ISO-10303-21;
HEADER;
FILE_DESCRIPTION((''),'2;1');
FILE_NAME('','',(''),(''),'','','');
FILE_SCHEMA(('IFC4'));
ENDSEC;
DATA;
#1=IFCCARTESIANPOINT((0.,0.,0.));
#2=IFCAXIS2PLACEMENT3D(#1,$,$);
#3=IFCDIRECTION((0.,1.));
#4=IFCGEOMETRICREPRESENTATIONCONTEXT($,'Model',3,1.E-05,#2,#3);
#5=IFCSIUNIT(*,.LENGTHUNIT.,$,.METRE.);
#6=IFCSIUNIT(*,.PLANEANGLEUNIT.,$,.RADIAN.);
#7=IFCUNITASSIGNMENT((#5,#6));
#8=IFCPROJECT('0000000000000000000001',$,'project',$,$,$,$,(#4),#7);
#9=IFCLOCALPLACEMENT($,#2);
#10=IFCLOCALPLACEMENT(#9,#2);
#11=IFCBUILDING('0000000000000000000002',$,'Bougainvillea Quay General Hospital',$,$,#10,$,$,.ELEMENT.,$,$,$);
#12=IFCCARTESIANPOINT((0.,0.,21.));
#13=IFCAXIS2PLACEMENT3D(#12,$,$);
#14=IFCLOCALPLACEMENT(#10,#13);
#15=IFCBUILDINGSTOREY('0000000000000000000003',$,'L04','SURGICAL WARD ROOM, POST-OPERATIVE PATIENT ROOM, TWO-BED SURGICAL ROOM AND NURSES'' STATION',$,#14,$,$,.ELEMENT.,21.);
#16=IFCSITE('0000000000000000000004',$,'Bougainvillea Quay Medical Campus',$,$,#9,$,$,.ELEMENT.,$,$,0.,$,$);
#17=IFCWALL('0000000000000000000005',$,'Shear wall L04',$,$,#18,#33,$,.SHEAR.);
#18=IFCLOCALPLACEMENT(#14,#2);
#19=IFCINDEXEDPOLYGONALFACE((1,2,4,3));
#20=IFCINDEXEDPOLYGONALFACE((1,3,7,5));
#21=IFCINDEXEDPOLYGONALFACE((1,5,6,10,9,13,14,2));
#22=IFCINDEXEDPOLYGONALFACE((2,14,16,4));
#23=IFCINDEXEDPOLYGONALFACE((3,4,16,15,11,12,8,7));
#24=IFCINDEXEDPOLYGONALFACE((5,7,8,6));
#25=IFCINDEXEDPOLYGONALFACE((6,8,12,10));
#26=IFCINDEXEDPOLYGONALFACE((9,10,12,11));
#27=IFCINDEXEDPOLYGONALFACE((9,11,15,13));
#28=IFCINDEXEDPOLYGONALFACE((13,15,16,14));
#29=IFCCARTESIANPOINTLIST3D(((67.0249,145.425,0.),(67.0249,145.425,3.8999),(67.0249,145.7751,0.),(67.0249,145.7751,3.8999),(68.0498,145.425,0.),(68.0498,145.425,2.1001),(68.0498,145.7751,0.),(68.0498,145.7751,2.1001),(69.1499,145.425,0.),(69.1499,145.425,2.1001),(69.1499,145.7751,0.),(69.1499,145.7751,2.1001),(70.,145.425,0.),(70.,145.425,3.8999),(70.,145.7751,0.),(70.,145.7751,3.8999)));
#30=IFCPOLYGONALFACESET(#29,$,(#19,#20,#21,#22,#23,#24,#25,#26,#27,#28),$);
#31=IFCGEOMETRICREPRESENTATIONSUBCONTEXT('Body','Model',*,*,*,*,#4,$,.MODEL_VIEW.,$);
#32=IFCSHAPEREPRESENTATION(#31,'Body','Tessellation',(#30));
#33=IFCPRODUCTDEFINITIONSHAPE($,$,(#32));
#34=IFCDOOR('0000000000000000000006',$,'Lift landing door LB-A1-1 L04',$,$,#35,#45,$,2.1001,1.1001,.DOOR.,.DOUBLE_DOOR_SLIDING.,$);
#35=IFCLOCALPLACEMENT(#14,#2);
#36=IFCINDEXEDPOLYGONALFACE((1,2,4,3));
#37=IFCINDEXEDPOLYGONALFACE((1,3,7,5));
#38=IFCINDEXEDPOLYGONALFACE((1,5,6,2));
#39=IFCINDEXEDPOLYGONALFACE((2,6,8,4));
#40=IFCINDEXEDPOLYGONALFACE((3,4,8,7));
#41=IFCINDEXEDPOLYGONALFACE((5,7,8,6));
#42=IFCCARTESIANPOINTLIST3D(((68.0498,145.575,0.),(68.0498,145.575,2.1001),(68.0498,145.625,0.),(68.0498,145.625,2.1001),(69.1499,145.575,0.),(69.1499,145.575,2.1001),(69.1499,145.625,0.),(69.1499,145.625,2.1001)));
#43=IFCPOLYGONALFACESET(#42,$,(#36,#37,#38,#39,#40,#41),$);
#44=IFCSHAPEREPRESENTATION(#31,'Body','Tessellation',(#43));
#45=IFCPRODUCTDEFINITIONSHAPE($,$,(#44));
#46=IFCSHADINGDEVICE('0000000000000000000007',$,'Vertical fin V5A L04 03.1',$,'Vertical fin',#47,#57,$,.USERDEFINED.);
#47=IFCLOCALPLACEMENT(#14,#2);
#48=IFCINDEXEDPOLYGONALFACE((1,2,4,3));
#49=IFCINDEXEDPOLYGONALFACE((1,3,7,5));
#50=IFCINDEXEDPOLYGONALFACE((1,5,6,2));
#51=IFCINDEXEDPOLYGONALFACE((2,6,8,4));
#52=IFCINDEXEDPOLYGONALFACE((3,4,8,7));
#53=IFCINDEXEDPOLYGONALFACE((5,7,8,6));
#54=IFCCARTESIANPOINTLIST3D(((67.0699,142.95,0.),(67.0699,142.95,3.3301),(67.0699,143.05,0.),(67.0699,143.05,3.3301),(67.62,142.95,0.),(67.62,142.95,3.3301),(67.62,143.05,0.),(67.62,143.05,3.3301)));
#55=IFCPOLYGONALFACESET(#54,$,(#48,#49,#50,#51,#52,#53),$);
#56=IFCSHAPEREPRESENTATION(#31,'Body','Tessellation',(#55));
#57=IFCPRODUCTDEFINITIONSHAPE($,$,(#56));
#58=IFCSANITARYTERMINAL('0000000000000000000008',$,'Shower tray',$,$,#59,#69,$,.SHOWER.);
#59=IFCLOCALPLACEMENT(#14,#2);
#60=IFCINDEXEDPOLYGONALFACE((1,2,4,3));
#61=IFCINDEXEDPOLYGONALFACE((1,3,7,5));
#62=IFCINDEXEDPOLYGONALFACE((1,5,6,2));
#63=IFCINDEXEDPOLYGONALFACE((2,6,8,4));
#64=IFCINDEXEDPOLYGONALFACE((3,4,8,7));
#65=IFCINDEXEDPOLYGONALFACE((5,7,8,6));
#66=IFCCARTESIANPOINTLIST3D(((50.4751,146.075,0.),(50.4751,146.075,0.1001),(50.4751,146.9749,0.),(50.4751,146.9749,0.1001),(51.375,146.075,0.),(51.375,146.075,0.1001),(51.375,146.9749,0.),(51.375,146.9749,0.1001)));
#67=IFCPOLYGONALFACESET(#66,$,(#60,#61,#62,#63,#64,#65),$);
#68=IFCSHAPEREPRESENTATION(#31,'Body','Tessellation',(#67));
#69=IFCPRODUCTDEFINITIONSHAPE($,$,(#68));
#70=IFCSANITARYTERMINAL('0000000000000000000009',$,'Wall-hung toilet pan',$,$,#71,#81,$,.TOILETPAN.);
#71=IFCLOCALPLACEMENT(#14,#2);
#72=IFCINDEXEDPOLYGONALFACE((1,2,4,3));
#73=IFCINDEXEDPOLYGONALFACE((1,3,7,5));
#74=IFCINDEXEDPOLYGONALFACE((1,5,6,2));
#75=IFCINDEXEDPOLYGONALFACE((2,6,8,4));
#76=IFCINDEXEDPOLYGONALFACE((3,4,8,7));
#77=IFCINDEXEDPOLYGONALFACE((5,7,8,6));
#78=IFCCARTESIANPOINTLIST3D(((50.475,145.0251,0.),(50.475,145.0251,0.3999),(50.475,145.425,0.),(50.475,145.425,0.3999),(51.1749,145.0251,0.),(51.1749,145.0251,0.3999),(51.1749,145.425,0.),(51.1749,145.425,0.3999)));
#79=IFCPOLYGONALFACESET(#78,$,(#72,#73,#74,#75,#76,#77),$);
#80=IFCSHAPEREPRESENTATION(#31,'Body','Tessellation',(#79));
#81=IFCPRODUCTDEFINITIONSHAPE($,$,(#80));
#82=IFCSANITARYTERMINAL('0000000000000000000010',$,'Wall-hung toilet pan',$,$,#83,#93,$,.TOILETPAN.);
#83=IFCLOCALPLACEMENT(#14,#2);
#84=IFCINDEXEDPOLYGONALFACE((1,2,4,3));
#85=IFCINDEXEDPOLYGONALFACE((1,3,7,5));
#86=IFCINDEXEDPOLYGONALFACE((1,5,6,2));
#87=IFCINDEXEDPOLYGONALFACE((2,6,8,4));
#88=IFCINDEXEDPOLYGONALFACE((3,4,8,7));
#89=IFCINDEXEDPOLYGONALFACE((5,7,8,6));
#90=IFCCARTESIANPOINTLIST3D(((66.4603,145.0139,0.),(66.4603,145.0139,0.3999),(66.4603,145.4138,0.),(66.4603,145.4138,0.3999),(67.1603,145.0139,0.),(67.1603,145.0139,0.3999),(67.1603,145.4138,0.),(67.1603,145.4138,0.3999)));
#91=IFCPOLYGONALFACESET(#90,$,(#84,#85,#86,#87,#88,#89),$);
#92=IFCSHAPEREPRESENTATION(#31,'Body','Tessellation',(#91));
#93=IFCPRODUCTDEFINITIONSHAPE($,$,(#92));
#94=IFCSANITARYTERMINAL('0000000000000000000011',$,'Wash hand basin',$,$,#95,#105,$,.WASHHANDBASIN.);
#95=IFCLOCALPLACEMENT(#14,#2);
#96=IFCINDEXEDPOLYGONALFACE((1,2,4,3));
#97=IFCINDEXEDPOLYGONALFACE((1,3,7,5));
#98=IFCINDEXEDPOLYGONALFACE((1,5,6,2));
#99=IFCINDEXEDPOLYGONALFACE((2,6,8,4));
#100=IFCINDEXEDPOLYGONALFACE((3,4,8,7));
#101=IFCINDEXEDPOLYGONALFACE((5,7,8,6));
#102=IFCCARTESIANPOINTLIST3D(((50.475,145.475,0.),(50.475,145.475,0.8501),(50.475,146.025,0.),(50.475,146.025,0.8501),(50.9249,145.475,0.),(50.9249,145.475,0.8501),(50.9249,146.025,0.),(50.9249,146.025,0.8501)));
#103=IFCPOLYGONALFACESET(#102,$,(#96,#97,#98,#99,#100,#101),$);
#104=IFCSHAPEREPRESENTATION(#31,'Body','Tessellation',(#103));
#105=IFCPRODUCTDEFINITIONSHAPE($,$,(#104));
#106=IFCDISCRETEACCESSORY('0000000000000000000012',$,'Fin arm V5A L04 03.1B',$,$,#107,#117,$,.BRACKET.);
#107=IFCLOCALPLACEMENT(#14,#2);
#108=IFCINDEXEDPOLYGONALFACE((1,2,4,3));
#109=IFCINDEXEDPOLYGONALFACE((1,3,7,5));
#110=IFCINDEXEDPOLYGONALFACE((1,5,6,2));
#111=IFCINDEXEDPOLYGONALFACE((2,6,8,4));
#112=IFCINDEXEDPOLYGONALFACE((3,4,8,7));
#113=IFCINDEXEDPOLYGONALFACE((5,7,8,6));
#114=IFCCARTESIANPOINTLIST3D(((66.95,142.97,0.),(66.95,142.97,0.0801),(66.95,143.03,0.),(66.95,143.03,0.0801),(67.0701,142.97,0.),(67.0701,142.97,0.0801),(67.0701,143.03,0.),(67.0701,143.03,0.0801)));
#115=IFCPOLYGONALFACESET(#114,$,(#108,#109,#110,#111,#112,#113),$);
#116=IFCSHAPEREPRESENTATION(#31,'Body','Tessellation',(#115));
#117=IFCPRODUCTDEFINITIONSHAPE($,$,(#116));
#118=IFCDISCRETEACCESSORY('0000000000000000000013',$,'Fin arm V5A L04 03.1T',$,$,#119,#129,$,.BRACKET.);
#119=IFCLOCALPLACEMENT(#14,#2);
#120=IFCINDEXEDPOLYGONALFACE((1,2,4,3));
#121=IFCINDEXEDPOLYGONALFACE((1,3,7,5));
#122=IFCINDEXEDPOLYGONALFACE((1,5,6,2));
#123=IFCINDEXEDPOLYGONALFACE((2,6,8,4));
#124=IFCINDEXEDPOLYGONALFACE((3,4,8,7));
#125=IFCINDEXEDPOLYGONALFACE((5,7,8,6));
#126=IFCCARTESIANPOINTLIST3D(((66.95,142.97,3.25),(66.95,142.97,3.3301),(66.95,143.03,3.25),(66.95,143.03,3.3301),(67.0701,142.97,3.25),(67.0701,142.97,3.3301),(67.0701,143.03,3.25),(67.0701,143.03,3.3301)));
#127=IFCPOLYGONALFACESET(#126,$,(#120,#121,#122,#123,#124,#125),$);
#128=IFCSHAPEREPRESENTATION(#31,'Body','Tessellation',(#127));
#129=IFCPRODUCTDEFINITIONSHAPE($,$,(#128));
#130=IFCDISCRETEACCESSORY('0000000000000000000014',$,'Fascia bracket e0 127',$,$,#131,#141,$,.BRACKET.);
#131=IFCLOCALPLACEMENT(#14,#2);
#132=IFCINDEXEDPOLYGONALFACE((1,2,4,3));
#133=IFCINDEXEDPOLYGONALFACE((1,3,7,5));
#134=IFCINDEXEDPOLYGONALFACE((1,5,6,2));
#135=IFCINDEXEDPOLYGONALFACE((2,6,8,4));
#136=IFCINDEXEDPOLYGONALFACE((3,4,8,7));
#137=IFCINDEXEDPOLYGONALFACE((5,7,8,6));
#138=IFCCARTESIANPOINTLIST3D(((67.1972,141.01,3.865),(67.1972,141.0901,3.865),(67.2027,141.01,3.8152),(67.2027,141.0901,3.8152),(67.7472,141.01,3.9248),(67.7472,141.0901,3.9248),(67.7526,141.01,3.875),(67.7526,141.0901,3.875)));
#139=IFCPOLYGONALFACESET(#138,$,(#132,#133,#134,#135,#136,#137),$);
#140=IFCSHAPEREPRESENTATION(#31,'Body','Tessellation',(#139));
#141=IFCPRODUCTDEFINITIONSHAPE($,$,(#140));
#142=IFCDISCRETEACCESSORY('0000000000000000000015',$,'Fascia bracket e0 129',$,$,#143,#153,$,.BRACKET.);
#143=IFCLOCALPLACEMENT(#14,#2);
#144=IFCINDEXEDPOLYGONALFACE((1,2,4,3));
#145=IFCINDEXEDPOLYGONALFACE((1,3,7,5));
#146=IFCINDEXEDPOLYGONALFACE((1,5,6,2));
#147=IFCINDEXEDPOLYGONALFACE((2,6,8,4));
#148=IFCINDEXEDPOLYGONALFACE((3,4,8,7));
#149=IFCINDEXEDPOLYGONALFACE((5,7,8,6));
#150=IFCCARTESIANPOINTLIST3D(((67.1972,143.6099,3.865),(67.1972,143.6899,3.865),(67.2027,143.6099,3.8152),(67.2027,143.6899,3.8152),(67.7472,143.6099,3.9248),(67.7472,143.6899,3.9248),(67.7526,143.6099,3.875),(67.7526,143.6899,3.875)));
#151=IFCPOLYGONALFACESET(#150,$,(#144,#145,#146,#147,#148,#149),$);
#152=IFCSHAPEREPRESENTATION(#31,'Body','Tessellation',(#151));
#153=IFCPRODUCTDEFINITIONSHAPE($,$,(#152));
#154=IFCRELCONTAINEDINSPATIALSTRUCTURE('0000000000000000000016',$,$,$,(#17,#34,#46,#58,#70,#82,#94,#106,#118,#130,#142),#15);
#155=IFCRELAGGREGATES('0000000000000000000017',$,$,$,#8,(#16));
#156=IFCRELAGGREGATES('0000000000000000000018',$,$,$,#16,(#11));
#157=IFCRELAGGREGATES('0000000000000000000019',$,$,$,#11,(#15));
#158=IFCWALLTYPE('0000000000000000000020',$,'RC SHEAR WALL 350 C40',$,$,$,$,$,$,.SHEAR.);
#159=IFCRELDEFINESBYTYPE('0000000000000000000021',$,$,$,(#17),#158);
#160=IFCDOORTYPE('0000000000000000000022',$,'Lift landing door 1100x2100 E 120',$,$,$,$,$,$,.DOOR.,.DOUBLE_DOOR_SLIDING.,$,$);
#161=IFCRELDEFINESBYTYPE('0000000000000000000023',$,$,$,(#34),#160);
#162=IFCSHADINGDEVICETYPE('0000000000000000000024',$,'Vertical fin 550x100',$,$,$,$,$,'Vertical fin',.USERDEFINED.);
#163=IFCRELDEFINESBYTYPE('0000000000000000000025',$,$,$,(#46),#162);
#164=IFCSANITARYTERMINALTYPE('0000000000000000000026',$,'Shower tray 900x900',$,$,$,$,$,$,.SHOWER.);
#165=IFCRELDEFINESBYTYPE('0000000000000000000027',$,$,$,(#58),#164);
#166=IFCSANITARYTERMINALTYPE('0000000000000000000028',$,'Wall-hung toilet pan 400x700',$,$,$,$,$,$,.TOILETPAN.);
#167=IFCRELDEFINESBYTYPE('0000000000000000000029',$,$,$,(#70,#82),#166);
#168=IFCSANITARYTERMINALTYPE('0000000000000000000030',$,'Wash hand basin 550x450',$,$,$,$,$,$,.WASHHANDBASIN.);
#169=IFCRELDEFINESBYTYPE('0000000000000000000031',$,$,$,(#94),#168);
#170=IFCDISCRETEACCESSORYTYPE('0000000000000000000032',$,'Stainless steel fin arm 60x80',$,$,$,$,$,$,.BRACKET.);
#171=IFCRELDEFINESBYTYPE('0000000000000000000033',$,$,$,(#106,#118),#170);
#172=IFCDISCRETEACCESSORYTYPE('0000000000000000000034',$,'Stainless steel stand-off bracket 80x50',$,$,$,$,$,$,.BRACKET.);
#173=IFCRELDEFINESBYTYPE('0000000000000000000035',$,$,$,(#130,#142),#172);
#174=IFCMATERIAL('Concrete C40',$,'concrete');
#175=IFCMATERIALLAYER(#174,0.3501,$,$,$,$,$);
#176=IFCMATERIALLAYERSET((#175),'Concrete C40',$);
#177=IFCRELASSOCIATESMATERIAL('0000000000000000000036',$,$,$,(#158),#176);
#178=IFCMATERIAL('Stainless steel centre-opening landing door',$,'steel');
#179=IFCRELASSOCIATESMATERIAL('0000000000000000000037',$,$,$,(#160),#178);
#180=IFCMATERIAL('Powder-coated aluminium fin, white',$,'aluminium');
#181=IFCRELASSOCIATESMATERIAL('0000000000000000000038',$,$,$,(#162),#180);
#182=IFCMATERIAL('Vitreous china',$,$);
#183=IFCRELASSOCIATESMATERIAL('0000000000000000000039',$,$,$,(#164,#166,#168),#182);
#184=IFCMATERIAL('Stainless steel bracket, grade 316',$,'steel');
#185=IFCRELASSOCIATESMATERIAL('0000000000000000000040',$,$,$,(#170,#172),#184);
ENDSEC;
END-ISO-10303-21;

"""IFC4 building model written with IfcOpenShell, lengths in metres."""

from ifc_helpers import new_model, si_unit, direction, frame, frame_2d, origin, origin_2d, place, context, subcontext, project, spatial, rectangle, extrude, material, layer, layer_set, material_profile, profile_set, type_object, element, fill, save


model = new_model("IFC4")

# Units and contexts
model_context = context("Model", 3, precision=1e-05, world=origin(), true_north=direction((0.0, 1.0)))
body_context = subcontext(model_context, "Body", "Model", "MODEL_VIEW")
ifc_project = project(units=[si_unit("LENGTHUNIT", "METRE"), si_unit("PLANEANGLEUNIT", "RADIAN")], contexts=[model_context])

# Site, building, storey
site_placement = place(None, origin())
site = spatial("IfcSite", under=ifc_project, at=site_placement, Name="Bougainvillea Quay Medical Campus", CompositionType="ELEMENT", RefElevation=0.0)
building_placement = place(site_placement, origin())
building = spatial("IfcBuilding", under=site, at=building_placement, Name="Bougainvillea Quay General Hospital", CompositionType="ELEMENT")
storey_placement = place(building_placement, frame((0.0, 0.0, 21.0)))
storey = spatial("IfcBuildingStorey", under=building, at=storey_placement, Name="L04", Description="SURGICAL WARD ROOM, POST-OPERATIVE PATIENT ROOM, TWO-BED SURGICAL ROOM AND NURSES' STATION", CompositionType="ELEMENT", Elevation=21.0)

# Shared definitions
ifc_material_1 = material(Name="Concrete C40", Category="concrete")

# Wall, opening, door
ifc_layer_1 = layer(ifc_material_1, 0.3501)
ifc_layer_set_1 = layer_set([ifc_layer_1], Name="Concrete C40")
wall_type_1 = type_object("IfcWallType", Name="RC SHEAR WALL 350 C40", PredefinedType="SHEAR", material=ifc_layer_set_1)
wall_1_placement = place(storey_placement, frame((67.0249, 145.6001, 0.0), z_axis=(0.0, 0.0, 1.0), x_axis=(1.0, 0.0, 0.0)))
wall_1 = element("IfcWall", 1, at=wall_1_placement, inside=storey, type_object=wall_type_1, Name="Shear wall L04", PredefinedType="SHEAR", context=body_context, shape_type="SweptSolid", body=[
    extrude(rectangle(XDim=2.9751, YDim=0.3501, at=frame_2d((1.4875, 0.0))), origin(), (0.0, 0.0, 1.0), 3.8999),
])
opening_1_placement = place(wall_1_placement, frame((1.0249, 0.0, 0.0)))
opening_1 = element("IfcOpeningElement", 2, at=opening_1_placement, cuts=wall_1, PredefinedType="OPENING", context=body_context, shape_type="SweptSolid", body=[
    extrude(rectangle(XDim=1.1001, YDim=2.1001, at=frame_2d((0.55, 1.05))), frame((0.0, 0.1851, 0.0), z_axis=(0.0, -1.0, 0.0), x_axis=(1.0, 0.0, 0.0)), (0.0, 0.0, 1.0), 0.3701),
])
ifc_material_2 = material(Name="Stainless steel centre-opening landing door", Category="steel")
door_type_1 = type_object("IfcDoorType", Name="Lift landing door 1100x2100 E 120", OperationType="DOUBLE_DOOR_SLIDING", PredefinedType="DOOR", material=ifc_material_2)
door_1_placement = place(opening_1_placement, origin())
door_1 = element("IfcDoor", 3, at=door_1_placement, inside=storey, type_object=door_type_1, Name="Lift landing door LB-A1-1 L04", OperationType="DOUBLE_DOOR_SLIDING", OverallHeight=2.1001, OverallWidth=1.1001, PredefinedType="DOOR", context=body_context, shape_type="SweptSolid", body=[
    extrude(rectangle(XDim=1.1001, YDim=2.1001, at=frame_2d((0.55, 1.05))), frame((0.0, 0.0249, 0.0), z_axis=(0.0, -1.0, 0.0), x_axis=(1.0, 0.0, 0.0)), (0.0, 0.0, 1.0), 0.05),
])
fill(opening_1, door_1)

# Shading device
ifc_material_3 = material(Name="Powder-coated aluminium fin, white", Category="aluminium")
ifc_material_profile_1 = material_profile(ifc_material_3, rectangle(XDim=0.55, YDim=0.1001, at=origin_2d()))
ifc_profile_set_1 = profile_set([ifc_material_profile_1], Name="Powder-coated aluminium fin, white")
shading_device_type = type_object("IfcShadingDeviceType", Name="Vertical fin 550x100", ElementType="Vertical fin", PredefinedType="USERDEFINED", material=ifc_profile_set_1)
shading_device_placement = place(storey_placement, frame((67.345, 143.0, 0.0), z_axis=(0.0, 0.0, 1.0), x_axis=(1.0, 0.0, 0.0)))
element("IfcShadingDevice", 4, at=shading_device_placement, inside=storey, type_object=shading_device_type, Name="Vertical fin V5A L04 03.1", ObjectType="Vertical fin", PredefinedType="USERDEFINED", context=body_context, shape_type="SweptSolid", body=[
    extrude(rectangle(XDim=0.55, YDim=0.1001, at=origin_2d()), origin(), (0.0, 0.0, 1.0), 3.3301),
])

# Sanitary terminals
ifc_material_4 = material(Name="Vitreous china")
sanitary_terminal_type_1 = type_object("IfcSanitaryTerminalType", Name="Shower tray 900x900", PredefinedType="SHOWER", material=ifc_material_4)
sanitary_terminal_1_placement = place(storey_placement, frame((50.925, 146.5249, 0.0), z_axis=(0.0, 0.0, 1.0), x_axis=(0.0, 1.0, 0.0)))
element("IfcSanitaryTerminal", 5, at=sanitary_terminal_1_placement, inside=storey, type_object=sanitary_terminal_type_1, Name="Shower tray", PredefinedType="SHOWER", context=body_context, shape_type="SweptSolid", body=[
    extrude(rectangle(XDim=0.8999, YDim=0.8999, at=origin_2d()), origin(), (0.0, 0.0, 1.0), 0.1001),
])
sanitary_terminal_type_2 = type_object("IfcSanitaryTerminalType", Name="Wall-hung toilet pan 400x700", PredefinedType="TOILETPAN", material=ifc_material_4)
for number, where, z_axis, x_axis, name in (
    (6, (50.825, 145.2251, 0.0), (0.0, 0.0, 1.0), (0.0, 1.0, 0.0), "Wall-hung toilet pan"),
    (7, (66.8103, 145.2139, 0.0), (0.0, 0.0, 1.0), (0.0, -1.0, 0.0), "Wall-hung toilet pan"),
):
    element("IfcSanitaryTerminal", number, at=place(storey_placement, frame(where, z_axis=z_axis, x_axis=x_axis)), inside=storey, type_object=sanitary_terminal_type_2, Name=name, PredefinedType="TOILETPAN", context=body_context, shape_type="SweptSolid", body=[
        extrude(rectangle(XDim=0.3999, YDim=0.7, at=origin_2d()), origin(), (0.0, 0.0, 1.0), 0.3999),
    ])
sanitary_terminal_type_3 = type_object("IfcSanitaryTerminalType", Name="Wash hand basin 550x450", PredefinedType="WASHHANDBASIN", material=ifc_material_4)
sanitary_terminal_2_placement = place(storey_placement, frame((50.7, 145.75, 0.0), z_axis=(0.0, 0.0, 1.0), x_axis=(0.0, 1.0, 0.0)))
element("IfcSanitaryTerminal", 8, at=sanitary_terminal_2_placement, inside=storey, type_object=sanitary_terminal_type_3, Name="Wash hand basin", PredefinedType="WASHHANDBASIN", context=body_context, shape_type="SweptSolid", body=[
    extrude(rectangle(XDim=0.55, YDim=0.45, at=origin_2d()), origin(), (0.0, 0.0, 1.0), 0.8501),
])

# Discrete accessories
ifc_material_5 = material(Name="Stainless steel bracket, grade 316", Category="steel")
discrete_accessory_type_1 = type_object("IfcDiscreteAccessoryType", Name="Stainless steel fin arm 60x80", PredefinedType="BRACKET", material=ifc_material_5)
for number, where, z_axis, x_axis, name in (
    (9, (67.01, 143.0, 0.0), (0.0, 0.0, 1.0), (1.0, 0.0, 0.0), "Fin arm V5A L04 03.1B"),
    (10, (67.01, 143.0, 3.25), (0.0, 0.0, 1.0), (1.0, 0.0, 0.0), "Fin arm V5A L04 03.1T"),
):
    element("IfcDiscreteAccessory", number, at=place(storey_placement, frame(where, z_axis=z_axis, x_axis=x_axis)), inside=storey, type_object=discrete_accessory_type_1, Name=name, PredefinedType="BRACKET", context=body_context, shape_type="SweptSolid", body=[
        extrude(rectangle(XDim=0.1201, YDim=0.0601, at=origin_2d()), origin(), (0.0, 0.0, 1.0), 0.0801),
    ])
ifc_material_profile_2 = material_profile(ifc_material_5, rectangle(XDim=0.0801, YDim=0.05, at=origin_2d()))
ifc_profile_set_2 = profile_set([ifc_material_profile_2], Name="Stainless steel bracket, grade 316")
discrete_accessory_type_2 = type_object("IfcDiscreteAccessoryType", Name="Stainless steel stand-off bracket 80x50", PredefinedType="BRACKET", material=ifc_profile_set_2)
for number, where, z_axis, x_axis, name in (
    (11, (67.2, 141.05, 3.8401), (0.994139, 0.0, 0.108107), (0.0, 1.0, 0.0), "Fascia bracket e0 127"),
    (12, (67.2, 143.6499, 3.8401), (0.994139, 0.0, 0.108107), (0.0, 1.0, 0.0), "Fascia bracket e0 129"),
):
    element("IfcDiscreteAccessory", number, at=place(storey_placement, frame(where, z_axis=z_axis, x_axis=x_axis)), inside=storey, type_object=discrete_accessory_type_2, Name=name, PredefinedType="BRACKET", context=body_context, shape_type="SweptSolid", body=[
        extrude(rectangle(XDim=0.0801, YDim=0.05, at=origin_2d()), origin(), (0.0, 0.0, 1.0), 0.5532),
    ])

save(model, "model.ifc")
